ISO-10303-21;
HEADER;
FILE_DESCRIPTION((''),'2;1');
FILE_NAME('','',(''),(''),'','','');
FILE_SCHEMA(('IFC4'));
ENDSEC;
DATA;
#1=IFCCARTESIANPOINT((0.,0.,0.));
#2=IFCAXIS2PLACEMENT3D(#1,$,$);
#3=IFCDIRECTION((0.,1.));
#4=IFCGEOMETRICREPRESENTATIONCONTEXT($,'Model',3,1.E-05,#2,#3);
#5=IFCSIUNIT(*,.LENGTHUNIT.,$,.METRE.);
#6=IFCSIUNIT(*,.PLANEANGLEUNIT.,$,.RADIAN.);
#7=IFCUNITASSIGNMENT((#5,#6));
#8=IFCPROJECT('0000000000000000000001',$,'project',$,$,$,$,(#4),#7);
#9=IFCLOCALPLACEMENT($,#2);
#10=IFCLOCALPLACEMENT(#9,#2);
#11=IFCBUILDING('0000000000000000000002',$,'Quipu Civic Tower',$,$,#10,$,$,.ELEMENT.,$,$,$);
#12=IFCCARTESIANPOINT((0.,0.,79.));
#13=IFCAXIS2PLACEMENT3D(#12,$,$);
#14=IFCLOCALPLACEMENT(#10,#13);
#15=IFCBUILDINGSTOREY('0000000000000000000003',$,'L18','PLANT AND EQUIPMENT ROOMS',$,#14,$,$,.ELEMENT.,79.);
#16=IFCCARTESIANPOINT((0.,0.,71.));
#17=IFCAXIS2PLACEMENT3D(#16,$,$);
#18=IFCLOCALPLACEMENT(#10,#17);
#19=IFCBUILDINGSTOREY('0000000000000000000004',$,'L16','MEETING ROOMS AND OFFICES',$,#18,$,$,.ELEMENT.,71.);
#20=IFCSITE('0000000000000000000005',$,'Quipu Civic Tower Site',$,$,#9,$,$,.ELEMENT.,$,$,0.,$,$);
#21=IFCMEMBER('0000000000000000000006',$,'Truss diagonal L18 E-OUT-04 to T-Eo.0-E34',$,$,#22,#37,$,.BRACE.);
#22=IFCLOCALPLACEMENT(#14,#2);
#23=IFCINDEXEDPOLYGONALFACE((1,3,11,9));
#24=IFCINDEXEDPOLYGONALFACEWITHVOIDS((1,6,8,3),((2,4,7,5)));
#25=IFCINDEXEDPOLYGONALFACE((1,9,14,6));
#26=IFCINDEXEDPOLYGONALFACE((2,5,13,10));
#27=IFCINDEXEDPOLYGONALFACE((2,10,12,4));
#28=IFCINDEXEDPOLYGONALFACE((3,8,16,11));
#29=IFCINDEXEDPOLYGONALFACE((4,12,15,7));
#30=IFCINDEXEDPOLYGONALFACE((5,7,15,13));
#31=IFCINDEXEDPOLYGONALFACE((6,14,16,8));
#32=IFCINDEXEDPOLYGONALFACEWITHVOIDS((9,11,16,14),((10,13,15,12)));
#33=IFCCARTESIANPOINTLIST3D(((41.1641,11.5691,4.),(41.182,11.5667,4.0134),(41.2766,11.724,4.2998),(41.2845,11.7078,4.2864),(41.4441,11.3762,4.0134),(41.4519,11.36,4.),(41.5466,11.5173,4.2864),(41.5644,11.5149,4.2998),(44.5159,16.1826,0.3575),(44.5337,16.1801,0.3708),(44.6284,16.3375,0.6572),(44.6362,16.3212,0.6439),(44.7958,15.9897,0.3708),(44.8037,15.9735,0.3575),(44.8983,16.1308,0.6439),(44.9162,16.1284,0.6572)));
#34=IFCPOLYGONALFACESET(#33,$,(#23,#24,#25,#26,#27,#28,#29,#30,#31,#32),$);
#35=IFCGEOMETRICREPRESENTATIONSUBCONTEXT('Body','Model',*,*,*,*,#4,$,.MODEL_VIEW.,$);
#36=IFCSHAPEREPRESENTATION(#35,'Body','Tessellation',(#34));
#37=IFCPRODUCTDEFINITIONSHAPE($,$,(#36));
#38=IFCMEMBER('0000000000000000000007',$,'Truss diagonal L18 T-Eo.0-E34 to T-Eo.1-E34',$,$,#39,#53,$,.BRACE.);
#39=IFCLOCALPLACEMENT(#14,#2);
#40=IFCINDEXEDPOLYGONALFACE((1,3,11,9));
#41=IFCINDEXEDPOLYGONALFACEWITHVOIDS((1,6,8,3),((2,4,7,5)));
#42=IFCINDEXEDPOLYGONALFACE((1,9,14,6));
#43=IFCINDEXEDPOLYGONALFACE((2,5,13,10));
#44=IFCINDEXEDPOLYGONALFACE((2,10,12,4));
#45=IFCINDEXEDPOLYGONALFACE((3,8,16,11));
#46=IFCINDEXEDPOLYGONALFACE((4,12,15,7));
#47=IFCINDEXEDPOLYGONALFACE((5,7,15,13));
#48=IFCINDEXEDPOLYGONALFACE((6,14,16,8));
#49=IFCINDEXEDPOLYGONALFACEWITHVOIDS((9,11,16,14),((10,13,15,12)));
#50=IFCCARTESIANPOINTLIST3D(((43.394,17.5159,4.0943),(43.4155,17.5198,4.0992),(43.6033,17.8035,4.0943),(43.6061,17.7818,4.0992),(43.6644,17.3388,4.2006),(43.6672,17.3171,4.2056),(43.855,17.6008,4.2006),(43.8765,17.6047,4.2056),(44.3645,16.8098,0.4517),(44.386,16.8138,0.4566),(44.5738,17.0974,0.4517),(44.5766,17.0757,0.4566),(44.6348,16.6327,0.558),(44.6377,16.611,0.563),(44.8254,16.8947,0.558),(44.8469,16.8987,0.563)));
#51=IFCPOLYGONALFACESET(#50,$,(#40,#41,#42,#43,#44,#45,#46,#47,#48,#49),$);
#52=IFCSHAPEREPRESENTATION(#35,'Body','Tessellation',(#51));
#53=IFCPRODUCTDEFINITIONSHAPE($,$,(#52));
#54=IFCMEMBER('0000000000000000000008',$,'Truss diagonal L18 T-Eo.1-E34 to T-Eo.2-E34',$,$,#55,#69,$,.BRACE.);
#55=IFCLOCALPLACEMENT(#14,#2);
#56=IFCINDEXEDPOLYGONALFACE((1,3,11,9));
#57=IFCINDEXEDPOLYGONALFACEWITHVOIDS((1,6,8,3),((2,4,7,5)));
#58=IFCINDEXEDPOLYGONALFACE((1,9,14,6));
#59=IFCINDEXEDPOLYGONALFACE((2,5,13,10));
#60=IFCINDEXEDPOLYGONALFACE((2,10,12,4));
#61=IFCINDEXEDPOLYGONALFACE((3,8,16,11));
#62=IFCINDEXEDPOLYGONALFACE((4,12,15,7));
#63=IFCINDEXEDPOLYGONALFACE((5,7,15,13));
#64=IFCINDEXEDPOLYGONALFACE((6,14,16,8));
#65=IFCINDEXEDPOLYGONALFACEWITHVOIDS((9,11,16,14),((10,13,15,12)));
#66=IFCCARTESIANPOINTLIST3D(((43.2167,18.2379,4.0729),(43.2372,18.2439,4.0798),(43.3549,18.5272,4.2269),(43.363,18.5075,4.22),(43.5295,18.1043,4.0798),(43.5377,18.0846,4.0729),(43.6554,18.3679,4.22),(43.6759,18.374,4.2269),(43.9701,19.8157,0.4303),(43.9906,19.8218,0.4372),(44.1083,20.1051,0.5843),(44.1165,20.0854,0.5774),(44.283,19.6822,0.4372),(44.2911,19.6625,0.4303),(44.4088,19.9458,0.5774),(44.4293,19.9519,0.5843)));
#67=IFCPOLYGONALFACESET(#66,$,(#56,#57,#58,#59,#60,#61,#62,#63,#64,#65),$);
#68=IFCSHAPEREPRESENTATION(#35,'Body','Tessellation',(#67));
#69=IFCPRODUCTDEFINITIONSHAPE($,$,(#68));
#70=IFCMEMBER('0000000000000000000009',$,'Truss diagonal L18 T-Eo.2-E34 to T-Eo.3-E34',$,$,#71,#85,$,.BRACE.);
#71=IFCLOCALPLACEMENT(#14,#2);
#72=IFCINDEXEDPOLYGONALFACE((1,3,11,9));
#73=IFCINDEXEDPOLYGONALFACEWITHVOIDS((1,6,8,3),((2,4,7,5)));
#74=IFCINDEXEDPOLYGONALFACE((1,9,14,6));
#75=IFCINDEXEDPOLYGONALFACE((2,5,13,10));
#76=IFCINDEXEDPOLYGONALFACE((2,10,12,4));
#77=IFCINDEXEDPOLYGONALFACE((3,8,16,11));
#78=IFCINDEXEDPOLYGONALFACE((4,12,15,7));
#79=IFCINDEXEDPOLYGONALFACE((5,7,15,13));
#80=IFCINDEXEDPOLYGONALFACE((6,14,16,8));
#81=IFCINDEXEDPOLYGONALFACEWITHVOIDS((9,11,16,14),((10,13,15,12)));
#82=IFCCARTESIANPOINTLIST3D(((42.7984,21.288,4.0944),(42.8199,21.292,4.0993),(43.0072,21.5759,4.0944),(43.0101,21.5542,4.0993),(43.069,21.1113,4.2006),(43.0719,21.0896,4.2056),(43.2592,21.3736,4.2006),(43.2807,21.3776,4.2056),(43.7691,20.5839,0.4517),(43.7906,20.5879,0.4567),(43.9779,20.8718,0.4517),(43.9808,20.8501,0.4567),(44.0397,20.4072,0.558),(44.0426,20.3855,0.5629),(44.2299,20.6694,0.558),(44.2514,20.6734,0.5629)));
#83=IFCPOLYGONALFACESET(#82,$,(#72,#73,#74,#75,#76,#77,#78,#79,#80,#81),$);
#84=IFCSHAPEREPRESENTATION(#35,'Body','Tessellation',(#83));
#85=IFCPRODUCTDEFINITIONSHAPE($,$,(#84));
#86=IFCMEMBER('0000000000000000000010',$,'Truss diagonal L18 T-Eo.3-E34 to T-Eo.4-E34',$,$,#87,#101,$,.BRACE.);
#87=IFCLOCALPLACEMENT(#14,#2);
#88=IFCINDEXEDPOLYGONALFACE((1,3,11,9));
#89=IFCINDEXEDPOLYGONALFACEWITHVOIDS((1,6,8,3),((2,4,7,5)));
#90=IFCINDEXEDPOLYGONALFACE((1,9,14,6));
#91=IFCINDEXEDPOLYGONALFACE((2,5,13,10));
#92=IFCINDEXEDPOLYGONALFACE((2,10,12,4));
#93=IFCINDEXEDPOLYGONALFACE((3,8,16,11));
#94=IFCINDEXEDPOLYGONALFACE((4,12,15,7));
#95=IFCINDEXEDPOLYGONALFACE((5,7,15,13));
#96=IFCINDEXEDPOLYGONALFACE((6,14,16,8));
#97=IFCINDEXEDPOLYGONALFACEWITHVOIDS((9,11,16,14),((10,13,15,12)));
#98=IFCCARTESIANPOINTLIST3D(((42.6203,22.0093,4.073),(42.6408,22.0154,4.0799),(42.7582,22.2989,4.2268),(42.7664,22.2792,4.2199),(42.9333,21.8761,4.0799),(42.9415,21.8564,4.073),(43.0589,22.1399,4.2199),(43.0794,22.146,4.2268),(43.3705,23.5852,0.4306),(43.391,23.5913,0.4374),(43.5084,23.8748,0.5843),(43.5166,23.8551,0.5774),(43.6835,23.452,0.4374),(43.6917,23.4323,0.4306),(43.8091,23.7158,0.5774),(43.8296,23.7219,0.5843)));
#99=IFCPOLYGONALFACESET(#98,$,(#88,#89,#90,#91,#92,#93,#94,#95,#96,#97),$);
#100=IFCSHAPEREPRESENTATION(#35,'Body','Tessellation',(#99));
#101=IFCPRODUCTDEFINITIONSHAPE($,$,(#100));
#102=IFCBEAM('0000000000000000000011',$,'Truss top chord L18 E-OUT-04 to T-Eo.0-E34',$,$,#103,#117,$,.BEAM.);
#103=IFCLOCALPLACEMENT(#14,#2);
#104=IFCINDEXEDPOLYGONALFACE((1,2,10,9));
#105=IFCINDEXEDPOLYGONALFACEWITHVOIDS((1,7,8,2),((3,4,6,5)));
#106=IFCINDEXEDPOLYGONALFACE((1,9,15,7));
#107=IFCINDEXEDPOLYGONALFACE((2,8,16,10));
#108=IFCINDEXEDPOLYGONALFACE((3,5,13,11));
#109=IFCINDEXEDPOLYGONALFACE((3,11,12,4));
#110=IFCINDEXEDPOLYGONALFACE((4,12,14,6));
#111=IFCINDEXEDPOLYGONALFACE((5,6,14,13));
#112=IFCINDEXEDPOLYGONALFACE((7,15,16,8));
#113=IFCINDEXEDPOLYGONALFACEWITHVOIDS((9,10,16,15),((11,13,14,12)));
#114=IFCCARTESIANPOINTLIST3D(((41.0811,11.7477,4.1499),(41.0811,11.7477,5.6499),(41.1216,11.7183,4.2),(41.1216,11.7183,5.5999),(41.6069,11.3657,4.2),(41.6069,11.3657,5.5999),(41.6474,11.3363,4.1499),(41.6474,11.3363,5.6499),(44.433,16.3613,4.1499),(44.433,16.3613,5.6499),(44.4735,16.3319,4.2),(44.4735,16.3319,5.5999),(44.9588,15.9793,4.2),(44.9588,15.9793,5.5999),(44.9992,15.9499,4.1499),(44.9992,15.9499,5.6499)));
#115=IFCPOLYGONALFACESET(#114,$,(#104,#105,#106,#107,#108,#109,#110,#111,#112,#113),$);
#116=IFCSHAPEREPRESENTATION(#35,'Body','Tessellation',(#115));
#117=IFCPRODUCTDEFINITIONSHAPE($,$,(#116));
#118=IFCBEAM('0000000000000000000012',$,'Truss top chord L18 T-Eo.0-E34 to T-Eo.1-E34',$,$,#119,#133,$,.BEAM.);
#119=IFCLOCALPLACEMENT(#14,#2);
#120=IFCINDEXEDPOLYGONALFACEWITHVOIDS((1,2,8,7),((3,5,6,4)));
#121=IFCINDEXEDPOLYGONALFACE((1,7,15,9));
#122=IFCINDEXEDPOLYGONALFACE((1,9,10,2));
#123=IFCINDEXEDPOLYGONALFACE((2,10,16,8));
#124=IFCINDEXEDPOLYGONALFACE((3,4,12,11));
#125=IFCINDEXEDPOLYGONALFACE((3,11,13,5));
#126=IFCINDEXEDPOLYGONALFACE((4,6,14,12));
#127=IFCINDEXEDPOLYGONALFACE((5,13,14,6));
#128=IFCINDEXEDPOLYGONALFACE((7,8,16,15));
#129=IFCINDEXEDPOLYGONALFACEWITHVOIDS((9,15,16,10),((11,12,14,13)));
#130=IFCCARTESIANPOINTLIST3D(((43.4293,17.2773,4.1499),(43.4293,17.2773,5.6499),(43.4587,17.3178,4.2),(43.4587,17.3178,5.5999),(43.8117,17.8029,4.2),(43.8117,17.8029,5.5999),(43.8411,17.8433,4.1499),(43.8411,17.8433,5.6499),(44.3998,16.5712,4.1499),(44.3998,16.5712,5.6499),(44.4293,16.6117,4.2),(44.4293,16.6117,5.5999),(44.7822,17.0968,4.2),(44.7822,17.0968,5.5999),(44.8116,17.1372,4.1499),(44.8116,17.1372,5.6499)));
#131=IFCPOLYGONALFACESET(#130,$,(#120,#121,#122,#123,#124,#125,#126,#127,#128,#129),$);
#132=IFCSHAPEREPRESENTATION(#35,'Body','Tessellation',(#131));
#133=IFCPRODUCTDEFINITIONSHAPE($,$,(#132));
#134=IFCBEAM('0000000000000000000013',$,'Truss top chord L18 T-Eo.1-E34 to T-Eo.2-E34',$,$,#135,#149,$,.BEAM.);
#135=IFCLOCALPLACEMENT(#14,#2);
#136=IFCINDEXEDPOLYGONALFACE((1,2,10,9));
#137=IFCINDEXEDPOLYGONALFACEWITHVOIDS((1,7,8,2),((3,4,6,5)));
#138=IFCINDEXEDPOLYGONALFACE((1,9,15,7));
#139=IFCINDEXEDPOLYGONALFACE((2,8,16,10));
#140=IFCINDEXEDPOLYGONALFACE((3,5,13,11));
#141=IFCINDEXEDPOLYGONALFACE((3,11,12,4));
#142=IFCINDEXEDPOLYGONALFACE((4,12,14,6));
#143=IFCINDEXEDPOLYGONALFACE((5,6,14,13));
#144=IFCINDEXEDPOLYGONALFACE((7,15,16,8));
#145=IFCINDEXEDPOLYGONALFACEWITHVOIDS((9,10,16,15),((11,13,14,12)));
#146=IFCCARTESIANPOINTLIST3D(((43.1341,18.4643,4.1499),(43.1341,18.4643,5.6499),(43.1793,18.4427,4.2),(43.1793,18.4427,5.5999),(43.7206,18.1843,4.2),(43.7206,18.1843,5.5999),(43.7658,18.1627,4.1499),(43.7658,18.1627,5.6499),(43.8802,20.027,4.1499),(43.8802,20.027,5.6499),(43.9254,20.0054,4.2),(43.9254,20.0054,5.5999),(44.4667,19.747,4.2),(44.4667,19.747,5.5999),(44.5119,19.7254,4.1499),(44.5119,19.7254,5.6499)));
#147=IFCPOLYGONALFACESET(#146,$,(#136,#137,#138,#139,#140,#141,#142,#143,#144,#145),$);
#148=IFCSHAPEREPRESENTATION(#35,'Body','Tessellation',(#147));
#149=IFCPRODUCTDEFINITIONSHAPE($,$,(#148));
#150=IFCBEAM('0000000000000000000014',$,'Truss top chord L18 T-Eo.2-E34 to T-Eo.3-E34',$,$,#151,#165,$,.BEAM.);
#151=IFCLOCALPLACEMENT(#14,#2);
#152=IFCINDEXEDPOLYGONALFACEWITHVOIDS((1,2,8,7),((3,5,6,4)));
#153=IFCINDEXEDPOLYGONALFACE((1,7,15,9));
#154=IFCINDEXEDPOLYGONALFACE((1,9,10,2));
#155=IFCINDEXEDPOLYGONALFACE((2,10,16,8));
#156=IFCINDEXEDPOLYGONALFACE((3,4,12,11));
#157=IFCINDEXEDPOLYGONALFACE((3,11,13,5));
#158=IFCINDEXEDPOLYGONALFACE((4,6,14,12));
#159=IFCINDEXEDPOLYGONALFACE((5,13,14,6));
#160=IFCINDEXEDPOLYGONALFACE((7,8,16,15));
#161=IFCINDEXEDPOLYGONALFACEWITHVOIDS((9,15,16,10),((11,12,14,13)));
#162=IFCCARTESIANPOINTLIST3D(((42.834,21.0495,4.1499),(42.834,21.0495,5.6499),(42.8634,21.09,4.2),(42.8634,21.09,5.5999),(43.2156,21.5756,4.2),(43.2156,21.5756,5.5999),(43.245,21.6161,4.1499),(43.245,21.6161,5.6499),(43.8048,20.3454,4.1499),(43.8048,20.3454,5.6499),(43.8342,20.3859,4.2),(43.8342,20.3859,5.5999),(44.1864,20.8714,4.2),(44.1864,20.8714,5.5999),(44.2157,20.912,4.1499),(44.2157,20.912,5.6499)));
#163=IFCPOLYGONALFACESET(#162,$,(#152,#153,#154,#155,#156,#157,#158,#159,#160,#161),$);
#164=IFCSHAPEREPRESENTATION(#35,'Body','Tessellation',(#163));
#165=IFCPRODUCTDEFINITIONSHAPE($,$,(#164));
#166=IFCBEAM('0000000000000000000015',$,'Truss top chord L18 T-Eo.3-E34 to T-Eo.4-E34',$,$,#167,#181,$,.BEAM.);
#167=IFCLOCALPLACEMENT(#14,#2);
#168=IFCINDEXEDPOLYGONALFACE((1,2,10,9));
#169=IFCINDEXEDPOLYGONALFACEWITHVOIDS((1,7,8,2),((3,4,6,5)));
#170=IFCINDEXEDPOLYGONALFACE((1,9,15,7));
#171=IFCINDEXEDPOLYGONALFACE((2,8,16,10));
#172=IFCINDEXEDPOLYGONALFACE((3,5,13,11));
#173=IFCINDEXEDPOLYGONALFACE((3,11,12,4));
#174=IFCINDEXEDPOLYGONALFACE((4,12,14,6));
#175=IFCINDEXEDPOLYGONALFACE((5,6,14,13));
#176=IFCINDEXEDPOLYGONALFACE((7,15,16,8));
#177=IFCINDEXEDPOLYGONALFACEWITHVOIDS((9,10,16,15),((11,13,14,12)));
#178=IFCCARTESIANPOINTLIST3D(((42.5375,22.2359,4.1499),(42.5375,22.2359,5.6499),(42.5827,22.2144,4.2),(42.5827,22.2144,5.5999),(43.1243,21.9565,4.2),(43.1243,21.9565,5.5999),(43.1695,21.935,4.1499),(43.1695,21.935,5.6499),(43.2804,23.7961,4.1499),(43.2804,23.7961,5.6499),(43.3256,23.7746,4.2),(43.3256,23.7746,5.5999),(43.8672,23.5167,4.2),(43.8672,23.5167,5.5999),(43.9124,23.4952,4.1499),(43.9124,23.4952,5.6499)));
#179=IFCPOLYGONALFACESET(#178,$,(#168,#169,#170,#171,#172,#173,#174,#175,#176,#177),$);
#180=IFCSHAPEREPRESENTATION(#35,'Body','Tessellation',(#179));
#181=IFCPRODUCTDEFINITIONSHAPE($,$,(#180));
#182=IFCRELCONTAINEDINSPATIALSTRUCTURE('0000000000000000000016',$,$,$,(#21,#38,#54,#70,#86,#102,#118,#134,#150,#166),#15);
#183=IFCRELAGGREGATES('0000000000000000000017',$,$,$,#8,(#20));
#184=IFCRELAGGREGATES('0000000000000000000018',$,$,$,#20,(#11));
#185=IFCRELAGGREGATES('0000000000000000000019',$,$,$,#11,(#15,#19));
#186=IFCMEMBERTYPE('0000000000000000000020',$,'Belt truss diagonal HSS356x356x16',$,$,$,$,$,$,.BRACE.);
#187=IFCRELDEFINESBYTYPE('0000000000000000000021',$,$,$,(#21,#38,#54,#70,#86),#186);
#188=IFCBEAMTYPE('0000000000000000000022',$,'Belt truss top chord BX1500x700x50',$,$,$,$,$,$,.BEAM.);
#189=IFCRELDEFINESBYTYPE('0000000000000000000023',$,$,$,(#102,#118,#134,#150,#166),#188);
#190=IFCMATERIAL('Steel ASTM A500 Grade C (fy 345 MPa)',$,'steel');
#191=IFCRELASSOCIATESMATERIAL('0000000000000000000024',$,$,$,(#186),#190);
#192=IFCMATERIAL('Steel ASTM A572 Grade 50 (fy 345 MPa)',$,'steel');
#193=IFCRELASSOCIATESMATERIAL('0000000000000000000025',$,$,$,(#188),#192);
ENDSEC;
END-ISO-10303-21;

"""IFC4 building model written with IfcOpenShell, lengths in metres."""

from ifc_helpers import new_model, si_unit, direction, frame, origin, origin_2d, place, context, subcontext, project, spatial, hollow_rectangle, extrude, material, material_profile, profile_set, type_object, element, save


model = new_model("IFC4")

# Units and contexts
model_context = context("Model", 3, precision=1e-05, world=origin(), true_north=direction((0.0, 1.0)))
body_context = subcontext(model_context, "Body", "Model", "MODEL_VIEW")
ifc_project = project(units=[si_unit("LENGTHUNIT", "METRE"), si_unit("PLANEANGLEUNIT", "RADIAN")], contexts=[model_context])

# Site, building, storey
site_placement = place(None, origin())
site = spatial("IfcSite", under=ifc_project, at=site_placement, Name="Quipu Civic Tower Site", CompositionType="ELEMENT", RefElevation=0.0)
building_placement = place(site_placement, origin())
building = spatial("IfcBuilding", under=site, at=building_placement, Name="Quipu Civic Tower", CompositionType="ELEMENT")
storey_1_placement = place(building_placement, frame((0.0, 0.0, 79.0)))
storey_1 = spatial("IfcBuildingStorey", under=building, at=storey_1_placement, Name="L18", Description="PLANT AND EQUIPMENT ROOMS", CompositionType="ELEMENT", Elevation=79.0)

# Members
ifc_material_1 = material(Name="Steel ASTM A500 Grade C (fy 345 MPa)", Category="steel")
ifc_material_profile_1 = material_profile(ifc_material_1, hollow_rectangle(XDim=0.3557, YDim=0.3557, WallThickness=0.0159, at=origin_2d()), Name="HSS356x356x16")
ifc_profile_set_1 = profile_set([ifc_material_profile_1], Name="Steel ASTM A500 Grade C (fy 345 MPa)")
member_type_1 = type_object("IfcMemberType", Name="Belt truss diagonal HSS356x356x16", PredefinedType="BRACE", material=ifc_profile_set_1)
member_1_placement = place(storey_1_placement, frame((41.3643, 11.542, 4.1499), z_axis=(0.495342, 0.681803, -0.538313), x_axis=(-0.809027, 0.587772, 0.0)))
element("IfcMember", 1, at=member_1_placement, inside=storey_1, type_object=member_type_1, Name="Truss diagonal L18 E-OUT-04 to T-Eo.0-E34", PredefinedType="BRACE", context=body_context, shape_type="SweptSolid", body=[
    extrude(hollow_rectangle(XDim=0.3557, YDim=0.3557, WallThickness=0.0159, at=origin_2d()), origin(), (0.0, 0.0, 1.0), 6.7666),
])
member_2_placement = place(storey_1_placement, frame((44.6057, 16.8542, 0.5073), z_axis=(-0.253041, 0.184099, 0.949778), x_axis=(-0.588317, -0.808631, 0.0)))
element("IfcMember", 2, at=member_2_placement, inside=storey_1, type_object=member_type_1, Name="Truss diagonal L18 T-Eo.0-E34 to T-Eo.1-E34", PredefinedType="BRACE", context=body_context, shape_type="SweptSolid", body=[
    extrude(hollow_rectangle(XDim=0.3557, YDim=0.3557, WallThickness=0.0159, at=origin_2d()), origin(), (0.0, 0.0, 1.0), 3.8352),
])
member_3_placement = place(storey_1_placement, frame((43.4463, 18.3059, 4.1499), z_axis=(0.186466, 0.390515, -0.901514), x_axis=(-0.902406, 0.430887, 0.0)))
element("IfcMember", 3, at=member_3_placement, inside=storey_1, type_object=member_type_1, Name="Truss diagonal L18 T-Eo.1-E34 to T-Eo.2-E34", PredefinedType="BRACE", context=body_context, shape_type="SweptSolid", body=[
    extrude(hollow_rectangle(XDim=0.3557, YDim=0.3557, WallThickness=0.0159, at=origin_2d()), origin(), (0.0, 0.0, 1.0), 4.0405),
])
member_4_placement = place(storey_1_placement, frame((44.0103, 20.6287, 0.5073), z_axis=(-0.253124, 0.183604, 0.949851), x_axis=(-0.587154, -0.809475, 0.0)))
element("IfcMember", 4, at=member_4_placement, inside=storey_1, type_object=member_type_1, Name="Truss diagonal L18 T-Eo.2-E34 to T-Eo.3-E34", PredefinedType="BRACE", context=body_context, shape_type="SweptSolid", body=[
    extrude(hollow_rectangle(XDim=0.3557, YDim=0.3557, WallThickness=0.0159, at=origin_2d()), origin(), (0.0, 0.0, 1.0), 3.835),
])
member_5_placement = place(storey_1_placement, frame((42.8499, 22.0776, 4.1499), z_axis=(0.185743, 0.390163, -0.901816), x_axis=(-0.902904, 0.429841, 0.0)))
element("IfcMember", 5, at=member_5_placement, inside=storey_1, type_object=member_type_1, Name="Truss diagonal L18 T-Eo.3-E34 to T-Eo.4-E34", PredefinedType="BRACE", context=body_context, shape_type="SweptSolid", body=[
    extrude(hollow_rectangle(XDim=0.3557, YDim=0.3557, WallThickness=0.0159, at=origin_2d()), origin(), (0.0, 0.0, 1.0), 4.0391),
])

# Beams
ifc_material_2 = material(Name="Steel ASTM A572 Grade 50 (fy 345 MPa)", Category="steel")
ifc_material_profile_2 = material_profile(ifc_material_2, hollow_rectangle(XDim=0.7, YDim=1.5, WallThickness=0.05, at=origin_2d()), Name="BX1500x700x50")
ifc_profile_set_2 = profile_set([ifc_material_profile_2], Name="Steel ASTM A572 Grade 50 (fy 345 MPa)")
beam_type_1 = type_object("IfcBeamType", Name="Belt truss top chord BX1500x700x50", PredefinedType="BEAM", material=ifc_profile_set_2)
beam_1_placement = place(storey_1_placement, frame((41.3643, 11.542, 4.8999), z_axis=(0.587772, 0.809027, 0.0), x_axis=(-0.809027, 0.587772, 0.0)))
element("IfcBeam", 6, at=beam_1_placement, inside=storey_1, type_object=beam_type_1, Name="Truss top chord L18 E-OUT-04 to T-Eo.0-E34", PredefinedType="BEAM", context=body_context, shape_type="SweptSolid", body=[
    extrude(hollow_rectangle(XDim=0.7, YDim=1.5, WallThickness=0.05, at=origin_2d()), origin(), (0.0, 0.0, 1.0), 5.7026),
])
beam_2_placement = place(storey_1_placement, frame((44.6057, 16.8542, 4.8999), z_axis=(-0.808631, 0.588317, 0.0), x_axis=(-0.588317, -0.808631, 0.0)))
element("IfcBeam", 7, at=beam_2_placement, inside=storey_1, type_object=beam_type_1, Name="Truss top chord L18 T-Eo.0-E34 to T-Eo.1-E34", PredefinedType="BEAM", context=body_context, shape_type="SweptSolid", body=[
    extrude(hollow_rectangle(XDim=0.7, YDim=1.5, WallThickness=0.05, at=origin_2d()), origin(), (0.0, 0.0, 1.0), 1.2002),
])
beam_3_placement = place(storey_1_placement, frame((43.45, 18.3135, 4.8999), z_axis=(0.430842, 0.902427, 0.0), x_axis=(-0.902427, 0.430842, 0.0)))
element("IfcBeam", 8, at=beam_3_placement, inside=storey_1, type_object=beam_type_1, Name="Truss top chord L18 T-Eo.1-E34 to T-Eo.2-E34", PredefinedType="BEAM", context=body_context, shape_type="SweptSolid", body=[
    extrude(hollow_rectangle(XDim=0.7, YDim=1.5, WallThickness=0.05, at=origin_2d()), origin(), (0.0, 0.0, 1.0), 1.7317),
])
beam_4_placement = place(storey_1_placement, frame((44.0103, 20.6287, 4.8999), z_axis=(-0.809475, 0.587154, 0.0), x_axis=(-0.587154, -0.809475, 0.0)))
element("IfcBeam", 9, at=beam_4_placement, inside=storey_1, type_object=beam_type_1, Name="Truss top chord L18 T-Eo.2-E34 to T-Eo.3-E34", PredefinedType="BEAM", context=body_context, shape_type="SweptSolid", body=[
    extrude(hollow_rectangle(XDim=0.7, YDim=1.5, WallThickness=0.05, at=origin_2d()), origin(), (0.0, 0.0, 1.0), 1.1992),
])
beam_5_placement = place(storey_1_placement, frame((42.8535, 22.0854, 4.8999), z_axis=(0.429895, 0.902879, 0.0), x_axis=(-0.902879, 0.429895, 0.0)))
element("IfcBeam", 10, at=beam_5_placement, inside=storey_1, type_object=beam_type_1, Name="Truss top chord L18 T-Eo.3-E34 to T-Eo.4-E34", PredefinedType="BEAM", context=body_context, shape_type="SweptSolid", body=[
    extrude(hollow_rectangle(XDim=0.7, YDim=1.5, WallThickness=0.05, at=origin_2d()), origin(), (0.0, 0.0, 1.0), 1.728),
])

# Shared definitions
storey_2_placement = place(building_placement, frame((0.0, 0.0, 71.0)))
storey_2 = spatial("IfcBuildingStorey", under=building, at=storey_2_placement, Name="L16", Description="MEETING ROOMS AND OFFICES", CompositionType="ELEMENT", Elevation=71.0)

save(model, "model.ifc")
